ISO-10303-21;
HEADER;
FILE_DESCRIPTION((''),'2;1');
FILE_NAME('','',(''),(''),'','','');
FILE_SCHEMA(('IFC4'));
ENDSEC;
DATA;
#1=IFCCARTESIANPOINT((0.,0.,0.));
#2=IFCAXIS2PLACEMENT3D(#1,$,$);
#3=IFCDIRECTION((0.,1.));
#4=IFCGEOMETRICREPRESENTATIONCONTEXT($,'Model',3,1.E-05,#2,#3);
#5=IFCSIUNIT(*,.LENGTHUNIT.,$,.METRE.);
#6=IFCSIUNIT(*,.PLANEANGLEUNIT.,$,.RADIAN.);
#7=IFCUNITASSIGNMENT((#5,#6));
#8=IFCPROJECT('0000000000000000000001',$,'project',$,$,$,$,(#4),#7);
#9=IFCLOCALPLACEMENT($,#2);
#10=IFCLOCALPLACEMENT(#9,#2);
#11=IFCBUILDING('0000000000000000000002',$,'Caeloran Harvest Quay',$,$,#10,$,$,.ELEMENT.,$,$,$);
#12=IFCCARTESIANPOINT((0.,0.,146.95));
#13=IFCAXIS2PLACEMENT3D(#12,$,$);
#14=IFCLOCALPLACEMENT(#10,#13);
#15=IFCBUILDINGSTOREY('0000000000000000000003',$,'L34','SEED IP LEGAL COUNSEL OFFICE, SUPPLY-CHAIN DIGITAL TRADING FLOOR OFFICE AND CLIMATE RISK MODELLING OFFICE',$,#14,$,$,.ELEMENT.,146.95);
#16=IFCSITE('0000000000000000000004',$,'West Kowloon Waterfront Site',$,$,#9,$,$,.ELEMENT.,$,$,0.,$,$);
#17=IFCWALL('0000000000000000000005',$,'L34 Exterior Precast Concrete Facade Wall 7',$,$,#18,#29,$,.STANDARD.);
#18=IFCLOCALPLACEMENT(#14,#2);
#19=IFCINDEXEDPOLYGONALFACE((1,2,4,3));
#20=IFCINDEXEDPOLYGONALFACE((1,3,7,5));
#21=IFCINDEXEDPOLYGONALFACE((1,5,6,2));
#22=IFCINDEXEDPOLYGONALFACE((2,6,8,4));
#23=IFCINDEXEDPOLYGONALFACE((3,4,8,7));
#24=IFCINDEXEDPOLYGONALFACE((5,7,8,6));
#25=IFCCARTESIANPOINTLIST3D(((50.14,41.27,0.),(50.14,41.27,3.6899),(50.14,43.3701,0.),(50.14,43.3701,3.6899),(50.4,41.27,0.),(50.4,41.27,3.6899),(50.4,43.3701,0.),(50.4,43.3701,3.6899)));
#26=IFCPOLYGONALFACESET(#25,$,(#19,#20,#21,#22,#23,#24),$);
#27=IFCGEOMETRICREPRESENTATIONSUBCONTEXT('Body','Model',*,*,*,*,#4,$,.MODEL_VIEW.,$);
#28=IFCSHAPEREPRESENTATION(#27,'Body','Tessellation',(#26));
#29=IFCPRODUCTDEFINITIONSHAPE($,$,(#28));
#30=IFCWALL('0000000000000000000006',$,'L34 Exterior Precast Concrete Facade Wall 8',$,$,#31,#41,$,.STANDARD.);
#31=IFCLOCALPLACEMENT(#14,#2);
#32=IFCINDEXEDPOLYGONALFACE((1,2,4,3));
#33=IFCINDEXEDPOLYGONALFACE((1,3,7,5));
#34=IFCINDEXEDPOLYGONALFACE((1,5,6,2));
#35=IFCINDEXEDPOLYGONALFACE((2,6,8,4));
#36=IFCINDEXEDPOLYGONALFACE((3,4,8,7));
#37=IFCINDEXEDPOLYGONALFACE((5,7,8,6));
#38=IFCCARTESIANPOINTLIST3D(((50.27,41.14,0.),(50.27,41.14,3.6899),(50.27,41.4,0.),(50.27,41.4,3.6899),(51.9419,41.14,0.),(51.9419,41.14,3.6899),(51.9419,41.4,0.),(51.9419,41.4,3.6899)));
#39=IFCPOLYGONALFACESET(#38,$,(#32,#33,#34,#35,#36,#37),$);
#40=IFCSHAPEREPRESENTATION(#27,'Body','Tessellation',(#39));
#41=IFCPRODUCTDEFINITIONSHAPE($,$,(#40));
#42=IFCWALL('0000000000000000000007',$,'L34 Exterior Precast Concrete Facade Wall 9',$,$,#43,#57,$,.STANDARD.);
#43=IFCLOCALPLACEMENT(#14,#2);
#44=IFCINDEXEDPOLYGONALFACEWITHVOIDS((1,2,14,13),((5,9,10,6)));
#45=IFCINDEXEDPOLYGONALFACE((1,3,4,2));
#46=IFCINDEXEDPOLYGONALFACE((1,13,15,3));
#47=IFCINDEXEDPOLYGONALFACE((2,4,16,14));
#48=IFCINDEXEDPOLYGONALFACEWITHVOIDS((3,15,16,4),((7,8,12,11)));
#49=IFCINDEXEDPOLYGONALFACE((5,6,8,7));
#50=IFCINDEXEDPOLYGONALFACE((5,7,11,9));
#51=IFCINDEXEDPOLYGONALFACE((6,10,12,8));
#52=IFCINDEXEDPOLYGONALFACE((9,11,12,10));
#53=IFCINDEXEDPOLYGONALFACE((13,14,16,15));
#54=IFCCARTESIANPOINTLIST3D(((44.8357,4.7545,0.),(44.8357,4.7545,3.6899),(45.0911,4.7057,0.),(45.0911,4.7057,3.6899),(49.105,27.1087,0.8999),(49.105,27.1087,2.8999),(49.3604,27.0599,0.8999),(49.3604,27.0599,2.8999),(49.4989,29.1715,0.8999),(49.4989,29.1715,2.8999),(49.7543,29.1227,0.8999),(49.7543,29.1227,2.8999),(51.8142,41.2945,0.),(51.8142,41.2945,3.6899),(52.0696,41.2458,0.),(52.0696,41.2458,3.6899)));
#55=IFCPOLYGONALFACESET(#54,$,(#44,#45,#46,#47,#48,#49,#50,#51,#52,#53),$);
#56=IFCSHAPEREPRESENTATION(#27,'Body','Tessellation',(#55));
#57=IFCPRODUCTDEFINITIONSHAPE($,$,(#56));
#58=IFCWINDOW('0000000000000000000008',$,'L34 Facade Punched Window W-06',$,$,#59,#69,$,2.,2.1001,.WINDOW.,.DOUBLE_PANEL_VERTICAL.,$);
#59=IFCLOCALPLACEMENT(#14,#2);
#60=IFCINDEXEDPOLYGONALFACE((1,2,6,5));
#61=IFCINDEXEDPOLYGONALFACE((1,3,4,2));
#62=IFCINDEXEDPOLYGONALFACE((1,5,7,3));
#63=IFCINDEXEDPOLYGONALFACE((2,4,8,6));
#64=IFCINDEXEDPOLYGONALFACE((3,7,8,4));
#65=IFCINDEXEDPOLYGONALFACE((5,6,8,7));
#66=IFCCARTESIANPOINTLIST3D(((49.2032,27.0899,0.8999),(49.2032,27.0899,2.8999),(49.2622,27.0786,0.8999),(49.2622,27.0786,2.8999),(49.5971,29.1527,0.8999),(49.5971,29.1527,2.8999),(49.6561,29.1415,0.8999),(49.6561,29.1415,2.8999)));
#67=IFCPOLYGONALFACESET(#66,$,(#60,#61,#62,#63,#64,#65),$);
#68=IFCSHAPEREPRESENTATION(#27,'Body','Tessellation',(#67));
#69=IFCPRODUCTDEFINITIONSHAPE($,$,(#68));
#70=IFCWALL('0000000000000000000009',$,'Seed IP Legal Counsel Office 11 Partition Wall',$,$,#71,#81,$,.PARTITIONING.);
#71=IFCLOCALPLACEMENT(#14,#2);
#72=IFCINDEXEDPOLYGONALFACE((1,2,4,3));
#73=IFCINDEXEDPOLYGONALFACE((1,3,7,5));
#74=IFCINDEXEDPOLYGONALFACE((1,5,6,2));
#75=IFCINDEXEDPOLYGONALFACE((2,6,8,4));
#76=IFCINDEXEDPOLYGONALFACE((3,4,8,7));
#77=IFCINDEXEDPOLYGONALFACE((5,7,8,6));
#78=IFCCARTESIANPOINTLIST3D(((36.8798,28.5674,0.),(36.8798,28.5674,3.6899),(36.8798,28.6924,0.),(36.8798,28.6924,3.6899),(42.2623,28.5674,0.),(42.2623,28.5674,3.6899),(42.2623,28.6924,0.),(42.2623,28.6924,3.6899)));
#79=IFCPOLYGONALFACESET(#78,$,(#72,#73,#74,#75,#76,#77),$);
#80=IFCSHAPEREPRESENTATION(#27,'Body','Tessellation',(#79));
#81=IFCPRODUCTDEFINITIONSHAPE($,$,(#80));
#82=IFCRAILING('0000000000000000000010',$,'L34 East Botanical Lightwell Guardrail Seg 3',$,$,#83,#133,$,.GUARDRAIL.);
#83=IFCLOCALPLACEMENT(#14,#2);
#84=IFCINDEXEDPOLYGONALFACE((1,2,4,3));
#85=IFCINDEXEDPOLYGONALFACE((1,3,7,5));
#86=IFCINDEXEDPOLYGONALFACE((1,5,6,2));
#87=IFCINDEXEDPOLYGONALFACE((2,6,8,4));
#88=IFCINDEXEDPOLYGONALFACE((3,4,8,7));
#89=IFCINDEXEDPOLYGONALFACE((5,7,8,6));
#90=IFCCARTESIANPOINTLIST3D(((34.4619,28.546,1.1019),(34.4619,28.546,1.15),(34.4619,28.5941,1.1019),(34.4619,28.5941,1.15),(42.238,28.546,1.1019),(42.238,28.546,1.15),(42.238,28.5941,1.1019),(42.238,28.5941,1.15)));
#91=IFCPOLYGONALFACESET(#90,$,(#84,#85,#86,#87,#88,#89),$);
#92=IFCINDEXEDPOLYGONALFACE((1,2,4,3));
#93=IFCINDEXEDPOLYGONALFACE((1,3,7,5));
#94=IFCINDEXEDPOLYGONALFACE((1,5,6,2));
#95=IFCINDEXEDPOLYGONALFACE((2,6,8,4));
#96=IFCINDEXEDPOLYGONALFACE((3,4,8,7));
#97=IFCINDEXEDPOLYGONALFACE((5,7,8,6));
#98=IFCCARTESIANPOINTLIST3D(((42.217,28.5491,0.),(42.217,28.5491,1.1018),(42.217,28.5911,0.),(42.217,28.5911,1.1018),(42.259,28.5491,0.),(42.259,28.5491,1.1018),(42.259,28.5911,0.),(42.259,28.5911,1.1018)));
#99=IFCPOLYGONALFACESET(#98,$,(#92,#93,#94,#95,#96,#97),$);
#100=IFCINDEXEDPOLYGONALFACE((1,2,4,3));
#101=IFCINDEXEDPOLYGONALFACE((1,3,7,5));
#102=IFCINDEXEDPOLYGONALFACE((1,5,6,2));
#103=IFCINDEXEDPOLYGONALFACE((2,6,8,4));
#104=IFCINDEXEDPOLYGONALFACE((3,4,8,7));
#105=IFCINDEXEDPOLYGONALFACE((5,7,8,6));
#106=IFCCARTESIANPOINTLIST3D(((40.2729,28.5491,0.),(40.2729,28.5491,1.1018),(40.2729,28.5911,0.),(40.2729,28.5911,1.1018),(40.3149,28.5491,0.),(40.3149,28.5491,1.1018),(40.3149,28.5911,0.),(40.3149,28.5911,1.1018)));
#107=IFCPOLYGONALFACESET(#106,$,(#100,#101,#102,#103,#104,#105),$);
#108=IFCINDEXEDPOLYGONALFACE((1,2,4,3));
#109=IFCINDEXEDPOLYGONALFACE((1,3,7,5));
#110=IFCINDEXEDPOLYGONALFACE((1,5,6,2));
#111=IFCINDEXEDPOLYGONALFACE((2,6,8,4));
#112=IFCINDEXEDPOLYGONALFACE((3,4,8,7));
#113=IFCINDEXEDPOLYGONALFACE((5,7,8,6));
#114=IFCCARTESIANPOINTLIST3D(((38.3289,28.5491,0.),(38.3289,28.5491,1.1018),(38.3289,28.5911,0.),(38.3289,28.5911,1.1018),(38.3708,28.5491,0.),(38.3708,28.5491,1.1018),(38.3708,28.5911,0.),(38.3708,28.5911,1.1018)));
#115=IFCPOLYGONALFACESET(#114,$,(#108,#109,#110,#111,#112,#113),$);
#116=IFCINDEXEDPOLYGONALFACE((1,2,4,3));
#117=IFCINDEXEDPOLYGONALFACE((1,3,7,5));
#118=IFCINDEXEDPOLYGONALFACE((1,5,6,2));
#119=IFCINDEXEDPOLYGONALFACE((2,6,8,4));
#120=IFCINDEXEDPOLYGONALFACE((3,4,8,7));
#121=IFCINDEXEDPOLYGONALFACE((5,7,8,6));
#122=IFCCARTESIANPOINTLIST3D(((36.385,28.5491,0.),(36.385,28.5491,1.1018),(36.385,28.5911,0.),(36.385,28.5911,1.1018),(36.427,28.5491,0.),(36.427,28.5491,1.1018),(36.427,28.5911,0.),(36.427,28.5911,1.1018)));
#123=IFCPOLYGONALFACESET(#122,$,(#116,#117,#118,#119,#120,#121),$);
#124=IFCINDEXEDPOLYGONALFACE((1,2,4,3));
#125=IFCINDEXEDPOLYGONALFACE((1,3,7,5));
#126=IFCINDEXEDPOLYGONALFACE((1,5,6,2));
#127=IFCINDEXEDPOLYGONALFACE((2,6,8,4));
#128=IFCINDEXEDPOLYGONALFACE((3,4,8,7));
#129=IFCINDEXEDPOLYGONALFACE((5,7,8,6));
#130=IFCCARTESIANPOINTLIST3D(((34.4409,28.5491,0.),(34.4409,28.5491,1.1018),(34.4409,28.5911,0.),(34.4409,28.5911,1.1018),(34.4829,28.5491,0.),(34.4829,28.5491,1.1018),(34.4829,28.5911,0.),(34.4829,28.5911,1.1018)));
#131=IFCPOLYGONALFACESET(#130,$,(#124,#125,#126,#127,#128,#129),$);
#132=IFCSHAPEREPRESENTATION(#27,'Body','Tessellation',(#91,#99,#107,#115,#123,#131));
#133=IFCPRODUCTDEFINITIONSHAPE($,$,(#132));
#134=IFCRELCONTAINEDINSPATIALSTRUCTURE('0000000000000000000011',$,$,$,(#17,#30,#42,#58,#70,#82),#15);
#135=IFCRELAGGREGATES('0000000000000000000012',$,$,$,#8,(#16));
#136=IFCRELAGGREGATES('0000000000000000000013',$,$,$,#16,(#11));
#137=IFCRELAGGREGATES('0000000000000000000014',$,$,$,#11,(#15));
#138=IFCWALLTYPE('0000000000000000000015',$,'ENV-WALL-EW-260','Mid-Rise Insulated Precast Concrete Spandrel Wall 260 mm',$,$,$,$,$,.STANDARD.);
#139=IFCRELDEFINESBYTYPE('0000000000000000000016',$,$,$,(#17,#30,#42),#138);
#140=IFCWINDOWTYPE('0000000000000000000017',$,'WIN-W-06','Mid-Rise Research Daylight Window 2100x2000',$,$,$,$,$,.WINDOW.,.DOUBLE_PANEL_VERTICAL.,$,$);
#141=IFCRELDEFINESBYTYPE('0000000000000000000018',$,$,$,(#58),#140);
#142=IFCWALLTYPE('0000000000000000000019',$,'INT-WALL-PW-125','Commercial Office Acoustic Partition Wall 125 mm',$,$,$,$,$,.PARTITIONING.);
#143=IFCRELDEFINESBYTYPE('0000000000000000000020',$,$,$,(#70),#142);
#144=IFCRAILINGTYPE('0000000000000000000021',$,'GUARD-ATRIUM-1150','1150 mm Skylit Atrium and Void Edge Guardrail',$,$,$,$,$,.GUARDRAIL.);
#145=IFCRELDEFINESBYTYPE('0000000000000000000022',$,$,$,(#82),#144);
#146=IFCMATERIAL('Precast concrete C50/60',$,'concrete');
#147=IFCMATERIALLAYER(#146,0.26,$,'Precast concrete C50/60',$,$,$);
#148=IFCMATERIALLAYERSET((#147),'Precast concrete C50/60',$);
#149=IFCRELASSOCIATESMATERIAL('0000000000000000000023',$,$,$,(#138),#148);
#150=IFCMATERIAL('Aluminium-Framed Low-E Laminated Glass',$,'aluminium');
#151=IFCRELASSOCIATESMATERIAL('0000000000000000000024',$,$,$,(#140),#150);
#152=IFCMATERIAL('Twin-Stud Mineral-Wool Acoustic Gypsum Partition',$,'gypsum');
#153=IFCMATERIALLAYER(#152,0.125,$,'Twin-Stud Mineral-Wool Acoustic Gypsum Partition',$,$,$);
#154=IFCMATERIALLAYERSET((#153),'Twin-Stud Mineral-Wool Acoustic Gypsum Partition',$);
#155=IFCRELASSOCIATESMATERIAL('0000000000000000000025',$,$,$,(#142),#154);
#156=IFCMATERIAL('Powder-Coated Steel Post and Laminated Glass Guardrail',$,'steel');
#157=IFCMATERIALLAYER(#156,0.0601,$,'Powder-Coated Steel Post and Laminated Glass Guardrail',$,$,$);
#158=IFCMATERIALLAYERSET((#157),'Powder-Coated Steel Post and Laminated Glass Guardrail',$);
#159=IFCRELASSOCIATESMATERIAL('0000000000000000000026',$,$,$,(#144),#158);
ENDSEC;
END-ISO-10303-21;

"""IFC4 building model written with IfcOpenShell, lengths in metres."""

from ifc_helpers import new_model, si_unit, direction, frame, frame_2d, origin, origin_2d, place, context, subcontext, project, spatial, rectangle, extrude, material, layer, layer_set, type_object, element, fill, save


model = new_model("IFC4")

# Units and contexts
model_context = context("Model", 3, precision=1e-05, world=origin(), true_north=direction((0.0, 1.0)))
body_context = subcontext(model_context, "Body", "Model", "MODEL_VIEW")
ifc_project = project(units=[si_unit("LENGTHUNIT", "METRE"), si_unit("PLANEANGLEUNIT", "RADIAN")], contexts=[model_context])

# Site, building, storey
site_placement = place(None, origin())
site = spatial("IfcSite", under=ifc_project, at=site_placement, Name="West Kowloon Waterfront Site", CompositionType="ELEMENT", RefElevation=0.0)
building_placement = place(site_placement, origin())
building = spatial("IfcBuilding", under=site, at=building_placement, Name="Caeloran Harvest Quay", CompositionType="ELEMENT")
storey_placement = place(building_placement, frame((0.0, 0.0, 146.95)))
storey = spatial("IfcBuildingStorey", under=building, at=storey_placement, Name="L34", Description="SEED IP LEGAL COUNSEL OFFICE, SUPPLY-CHAIN DIGITAL TRADING FLOOR OFFICE AND CLIMATE RISK MODELLING OFFICE", CompositionType="ELEMENT", Elevation=146.95)

# Walls
ifc_material_1 = material(Name="Precast concrete C50/60", Category="concrete")
ifc_layer_1 = layer(ifc_material_1, 0.26, Name="Precast concrete C50/60")
ifc_layer_set_1 = layer_set([ifc_layer_1], Name="Precast concrete C50/60")
wall_type_1 = type_object("IfcWallType", Name="ENV-WALL-EW-260", Description="Mid-Rise Insulated Precast Concrete Spandrel Wall 260 mm", PredefinedType="STANDARD", material=ifc_layer_set_1)
wall_1_placement = place(storey_placement, frame((50.27, 43.3701, 0.0), z_axis=(0.0, 0.0, 1.0), x_axis=(0.0, -1.0, 0.0)))
element("IfcWall", 1, at=wall_1_placement, inside=storey, type_object=wall_type_1, Name="L34 Exterior Precast Concrete Facade Wall 7", PredefinedType="STANDARD", context=body_context, shape_type="SweptSolid", body=[
    extrude(rectangle(XDim=2.1001, YDim=0.26, at=frame_2d((1.05, 0.0))), origin(), (0.0, 0.0, 1.0), 3.6899),
])
wall_2_placement = place(storey_placement, frame((50.27, 41.27, 0.0), z_axis=(0.0, 0.0, 1.0), x_axis=(1.0, 0.0, 0.0)))
element("IfcWall", 2, at=wall_2_placement, inside=storey, type_object=wall_type_1, Name="L34 Exterior Precast Concrete Facade Wall 8", PredefinedType="STANDARD", context=body_context, shape_type="SweptSolid", body=[
    extrude(rectangle(XDim=1.6719, YDim=0.26, at=frame_2d((0.8359, 0.0))), origin(), (0.0, 0.0, 1.0), 3.6899),
])

# Wall, opening, window
wall_3_placement = place(storey_placement, frame((51.9419, 41.27, 0.0), z_axis=(0.0, 0.0, 1.0), x_axis=(-0.187592, -0.982247, 0.0)))
wall_3 = element("IfcWall", 3, at=wall_3_placement, inside=storey, type_object=wall_type_1, Name="L34 Exterior Precast Concrete Facade Wall 9", PredefinedType="STANDARD", context=body_context, shape_type="SweptSolid", body=[
    extrude(rectangle(XDim=37.2004, YDim=0.26, at=frame_2d((18.6001, 0.0))), origin(), (0.0, 0.0, 1.0), 3.6899),
])
opening_placement = place(wall_3_placement, frame((12.342, 0.0, 0.8999)))
opening = element("IfcOpeningElement", 4, at=opening_placement, cuts=wall_3, PredefinedType="OPENING", context=body_context, shape_type="SweptSolid", body=[
    extrude(rectangle(XDim=2.1001, YDim=2.0, at=frame_2d((1.05, 1.0))), frame((0.0, 0.1401, 0.0), z_axis=(0.0, -1.0, 0.0), x_axis=(1.0, 0.0, 0.0)), (0.0, 0.0, 1.0), 0.28),
])
ifc_material_2 = material(Name="Aluminium-Framed Low-E Laminated Glass", Category="aluminium")
window_type = type_object("IfcWindowType", Name="WIN-W-06", Description="Mid-Rise Research Daylight Window 2100x2000", PartitioningType="DOUBLE_PANEL_VERTICAL", PredefinedType="WINDOW", material=ifc_material_2)
window_placement = place(opening_placement, origin())
window = element("IfcWindow", 5, at=window_placement, inside=storey, type_object=window_type, Name="L34 Facade Punched Window W-06", OverallHeight=2.0, OverallWidth=2.1001, PartitioningType="DOUBLE_PANEL_VERTICAL", PredefinedType="WINDOW", context=body_context, shape_type="SweptSolid", body=[
    extrude(rectangle(XDim=2.1001, YDim=2.0, at=frame_2d((1.05, 1.0))), frame((0.0, 0.03, 0.0), z_axis=(0.0, -1.0, 0.0), x_axis=(1.0, 0.0, 0.0)), (0.0, 0.0, 1.0), 0.0601),
])
fill(opening, window)

# Wall
ifc_material_3 = material(Name="Twin-Stud Mineral-Wool Acoustic Gypsum Partition", Category="gypsum")
ifc_layer_2 = layer(ifc_material_3, 0.125, Name="Twin-Stud Mineral-Wool Acoustic Gypsum Partition")
ifc_layer_set_2 = layer_set([ifc_layer_2], Name="Twin-Stud Mineral-Wool Acoustic Gypsum Partition")
wall_type_2 = type_object("IfcWallType", Name="INT-WALL-PW-125", Description="Commercial Office Acoustic Partition Wall 125 mm", PredefinedType="PARTITIONING", material=ifc_layer_set_2)
wall_4_placement = place(storey_placement, frame((42.2625, 28.6299, 0.0), z_axis=(0.0, 0.0, 1.0), x_axis=(-1.0, 0.0, 0.0)))
element("IfcWall", 6, at=wall_4_placement, inside=storey, type_object=wall_type_2, Name="Seed IP Legal Counsel Office 11 Partition Wall", PredefinedType="PARTITIONING", context=body_context, shape_type="SweptSolid", body=[
    extrude(rectangle(XDim=5.3826, YDim=0.125, at=frame_2d((2.6914, 0.0))), origin(), (0.0, 0.0, 1.0), 3.6899),
])

# Railing
ifc_material_4 = material(Name="Powder-Coated Steel Post and Laminated Glass Guardrail", Category="steel")
ifc_layer_3 = layer(ifc_material_4, 0.0601, Name="Powder-Coated Steel Post and Laminated Glass Guardrail")
ifc_layer_set_3 = layer_set([ifc_layer_3], Name="Powder-Coated Steel Post and Laminated Glass Guardrail")
railing_type = type_object("IfcRailingType", Name="GUARD-ATRIUM-1150", Description="1150 mm Skylit Atrium and Void Edge Guardrail", PredefinedType="GUARDRAIL", material=ifc_layer_set_3)
railing_placement = place(storey_placement, frame((42.238, 28.5701, 0.0)))
element("IfcRailing", 7, at=railing_placement, inside=storey, type_object=railing_type, Name="L34 East Botanical Lightwell Guardrail Seg 3", PredefinedType="GUARDRAIL", context=body_context, shape_type="SweptSolid", body=[
    extrude(rectangle(XDim=0.0481, YDim=0.0481, at=origin_2d()), frame((0.0, 0.0, 1.126), z_axis=(-1.0, 0.0, 0.0), x_axis=(0.0, -1.0, 0.0)), (0.0, 0.0, 1.0), 7.7761),
    extrude(rectangle(XDim=0.042, YDim=0.042, at=origin_2d()), origin(), (0.0, 0.0, 1.0), 1.1018),
    extrude(rectangle(XDim=0.042, YDim=0.042, at=origin_2d()), frame((-1.9441, 0.0, 0.0)), (0.0, 0.0, 1.0), 1.1018),
    extrude(rectangle(XDim=0.042, YDim=0.042, at=origin_2d()), frame((-3.8882, 0.0, 0.0)), (0.0, 0.0, 1.0), 1.1018),
    extrude(rectangle(XDim=0.042, YDim=0.042, at=origin_2d()), frame((-5.832, 0.0, 0.0)), (0.0, 0.0, 1.0), 1.1018),
    extrude(rectangle(XDim=0.042, YDim=0.042, at=origin_2d()), frame((-7.7761, 0.0, 0.0)), (0.0, 0.0, 1.0), 1.1018),
])

save(model, "model.ifc")
